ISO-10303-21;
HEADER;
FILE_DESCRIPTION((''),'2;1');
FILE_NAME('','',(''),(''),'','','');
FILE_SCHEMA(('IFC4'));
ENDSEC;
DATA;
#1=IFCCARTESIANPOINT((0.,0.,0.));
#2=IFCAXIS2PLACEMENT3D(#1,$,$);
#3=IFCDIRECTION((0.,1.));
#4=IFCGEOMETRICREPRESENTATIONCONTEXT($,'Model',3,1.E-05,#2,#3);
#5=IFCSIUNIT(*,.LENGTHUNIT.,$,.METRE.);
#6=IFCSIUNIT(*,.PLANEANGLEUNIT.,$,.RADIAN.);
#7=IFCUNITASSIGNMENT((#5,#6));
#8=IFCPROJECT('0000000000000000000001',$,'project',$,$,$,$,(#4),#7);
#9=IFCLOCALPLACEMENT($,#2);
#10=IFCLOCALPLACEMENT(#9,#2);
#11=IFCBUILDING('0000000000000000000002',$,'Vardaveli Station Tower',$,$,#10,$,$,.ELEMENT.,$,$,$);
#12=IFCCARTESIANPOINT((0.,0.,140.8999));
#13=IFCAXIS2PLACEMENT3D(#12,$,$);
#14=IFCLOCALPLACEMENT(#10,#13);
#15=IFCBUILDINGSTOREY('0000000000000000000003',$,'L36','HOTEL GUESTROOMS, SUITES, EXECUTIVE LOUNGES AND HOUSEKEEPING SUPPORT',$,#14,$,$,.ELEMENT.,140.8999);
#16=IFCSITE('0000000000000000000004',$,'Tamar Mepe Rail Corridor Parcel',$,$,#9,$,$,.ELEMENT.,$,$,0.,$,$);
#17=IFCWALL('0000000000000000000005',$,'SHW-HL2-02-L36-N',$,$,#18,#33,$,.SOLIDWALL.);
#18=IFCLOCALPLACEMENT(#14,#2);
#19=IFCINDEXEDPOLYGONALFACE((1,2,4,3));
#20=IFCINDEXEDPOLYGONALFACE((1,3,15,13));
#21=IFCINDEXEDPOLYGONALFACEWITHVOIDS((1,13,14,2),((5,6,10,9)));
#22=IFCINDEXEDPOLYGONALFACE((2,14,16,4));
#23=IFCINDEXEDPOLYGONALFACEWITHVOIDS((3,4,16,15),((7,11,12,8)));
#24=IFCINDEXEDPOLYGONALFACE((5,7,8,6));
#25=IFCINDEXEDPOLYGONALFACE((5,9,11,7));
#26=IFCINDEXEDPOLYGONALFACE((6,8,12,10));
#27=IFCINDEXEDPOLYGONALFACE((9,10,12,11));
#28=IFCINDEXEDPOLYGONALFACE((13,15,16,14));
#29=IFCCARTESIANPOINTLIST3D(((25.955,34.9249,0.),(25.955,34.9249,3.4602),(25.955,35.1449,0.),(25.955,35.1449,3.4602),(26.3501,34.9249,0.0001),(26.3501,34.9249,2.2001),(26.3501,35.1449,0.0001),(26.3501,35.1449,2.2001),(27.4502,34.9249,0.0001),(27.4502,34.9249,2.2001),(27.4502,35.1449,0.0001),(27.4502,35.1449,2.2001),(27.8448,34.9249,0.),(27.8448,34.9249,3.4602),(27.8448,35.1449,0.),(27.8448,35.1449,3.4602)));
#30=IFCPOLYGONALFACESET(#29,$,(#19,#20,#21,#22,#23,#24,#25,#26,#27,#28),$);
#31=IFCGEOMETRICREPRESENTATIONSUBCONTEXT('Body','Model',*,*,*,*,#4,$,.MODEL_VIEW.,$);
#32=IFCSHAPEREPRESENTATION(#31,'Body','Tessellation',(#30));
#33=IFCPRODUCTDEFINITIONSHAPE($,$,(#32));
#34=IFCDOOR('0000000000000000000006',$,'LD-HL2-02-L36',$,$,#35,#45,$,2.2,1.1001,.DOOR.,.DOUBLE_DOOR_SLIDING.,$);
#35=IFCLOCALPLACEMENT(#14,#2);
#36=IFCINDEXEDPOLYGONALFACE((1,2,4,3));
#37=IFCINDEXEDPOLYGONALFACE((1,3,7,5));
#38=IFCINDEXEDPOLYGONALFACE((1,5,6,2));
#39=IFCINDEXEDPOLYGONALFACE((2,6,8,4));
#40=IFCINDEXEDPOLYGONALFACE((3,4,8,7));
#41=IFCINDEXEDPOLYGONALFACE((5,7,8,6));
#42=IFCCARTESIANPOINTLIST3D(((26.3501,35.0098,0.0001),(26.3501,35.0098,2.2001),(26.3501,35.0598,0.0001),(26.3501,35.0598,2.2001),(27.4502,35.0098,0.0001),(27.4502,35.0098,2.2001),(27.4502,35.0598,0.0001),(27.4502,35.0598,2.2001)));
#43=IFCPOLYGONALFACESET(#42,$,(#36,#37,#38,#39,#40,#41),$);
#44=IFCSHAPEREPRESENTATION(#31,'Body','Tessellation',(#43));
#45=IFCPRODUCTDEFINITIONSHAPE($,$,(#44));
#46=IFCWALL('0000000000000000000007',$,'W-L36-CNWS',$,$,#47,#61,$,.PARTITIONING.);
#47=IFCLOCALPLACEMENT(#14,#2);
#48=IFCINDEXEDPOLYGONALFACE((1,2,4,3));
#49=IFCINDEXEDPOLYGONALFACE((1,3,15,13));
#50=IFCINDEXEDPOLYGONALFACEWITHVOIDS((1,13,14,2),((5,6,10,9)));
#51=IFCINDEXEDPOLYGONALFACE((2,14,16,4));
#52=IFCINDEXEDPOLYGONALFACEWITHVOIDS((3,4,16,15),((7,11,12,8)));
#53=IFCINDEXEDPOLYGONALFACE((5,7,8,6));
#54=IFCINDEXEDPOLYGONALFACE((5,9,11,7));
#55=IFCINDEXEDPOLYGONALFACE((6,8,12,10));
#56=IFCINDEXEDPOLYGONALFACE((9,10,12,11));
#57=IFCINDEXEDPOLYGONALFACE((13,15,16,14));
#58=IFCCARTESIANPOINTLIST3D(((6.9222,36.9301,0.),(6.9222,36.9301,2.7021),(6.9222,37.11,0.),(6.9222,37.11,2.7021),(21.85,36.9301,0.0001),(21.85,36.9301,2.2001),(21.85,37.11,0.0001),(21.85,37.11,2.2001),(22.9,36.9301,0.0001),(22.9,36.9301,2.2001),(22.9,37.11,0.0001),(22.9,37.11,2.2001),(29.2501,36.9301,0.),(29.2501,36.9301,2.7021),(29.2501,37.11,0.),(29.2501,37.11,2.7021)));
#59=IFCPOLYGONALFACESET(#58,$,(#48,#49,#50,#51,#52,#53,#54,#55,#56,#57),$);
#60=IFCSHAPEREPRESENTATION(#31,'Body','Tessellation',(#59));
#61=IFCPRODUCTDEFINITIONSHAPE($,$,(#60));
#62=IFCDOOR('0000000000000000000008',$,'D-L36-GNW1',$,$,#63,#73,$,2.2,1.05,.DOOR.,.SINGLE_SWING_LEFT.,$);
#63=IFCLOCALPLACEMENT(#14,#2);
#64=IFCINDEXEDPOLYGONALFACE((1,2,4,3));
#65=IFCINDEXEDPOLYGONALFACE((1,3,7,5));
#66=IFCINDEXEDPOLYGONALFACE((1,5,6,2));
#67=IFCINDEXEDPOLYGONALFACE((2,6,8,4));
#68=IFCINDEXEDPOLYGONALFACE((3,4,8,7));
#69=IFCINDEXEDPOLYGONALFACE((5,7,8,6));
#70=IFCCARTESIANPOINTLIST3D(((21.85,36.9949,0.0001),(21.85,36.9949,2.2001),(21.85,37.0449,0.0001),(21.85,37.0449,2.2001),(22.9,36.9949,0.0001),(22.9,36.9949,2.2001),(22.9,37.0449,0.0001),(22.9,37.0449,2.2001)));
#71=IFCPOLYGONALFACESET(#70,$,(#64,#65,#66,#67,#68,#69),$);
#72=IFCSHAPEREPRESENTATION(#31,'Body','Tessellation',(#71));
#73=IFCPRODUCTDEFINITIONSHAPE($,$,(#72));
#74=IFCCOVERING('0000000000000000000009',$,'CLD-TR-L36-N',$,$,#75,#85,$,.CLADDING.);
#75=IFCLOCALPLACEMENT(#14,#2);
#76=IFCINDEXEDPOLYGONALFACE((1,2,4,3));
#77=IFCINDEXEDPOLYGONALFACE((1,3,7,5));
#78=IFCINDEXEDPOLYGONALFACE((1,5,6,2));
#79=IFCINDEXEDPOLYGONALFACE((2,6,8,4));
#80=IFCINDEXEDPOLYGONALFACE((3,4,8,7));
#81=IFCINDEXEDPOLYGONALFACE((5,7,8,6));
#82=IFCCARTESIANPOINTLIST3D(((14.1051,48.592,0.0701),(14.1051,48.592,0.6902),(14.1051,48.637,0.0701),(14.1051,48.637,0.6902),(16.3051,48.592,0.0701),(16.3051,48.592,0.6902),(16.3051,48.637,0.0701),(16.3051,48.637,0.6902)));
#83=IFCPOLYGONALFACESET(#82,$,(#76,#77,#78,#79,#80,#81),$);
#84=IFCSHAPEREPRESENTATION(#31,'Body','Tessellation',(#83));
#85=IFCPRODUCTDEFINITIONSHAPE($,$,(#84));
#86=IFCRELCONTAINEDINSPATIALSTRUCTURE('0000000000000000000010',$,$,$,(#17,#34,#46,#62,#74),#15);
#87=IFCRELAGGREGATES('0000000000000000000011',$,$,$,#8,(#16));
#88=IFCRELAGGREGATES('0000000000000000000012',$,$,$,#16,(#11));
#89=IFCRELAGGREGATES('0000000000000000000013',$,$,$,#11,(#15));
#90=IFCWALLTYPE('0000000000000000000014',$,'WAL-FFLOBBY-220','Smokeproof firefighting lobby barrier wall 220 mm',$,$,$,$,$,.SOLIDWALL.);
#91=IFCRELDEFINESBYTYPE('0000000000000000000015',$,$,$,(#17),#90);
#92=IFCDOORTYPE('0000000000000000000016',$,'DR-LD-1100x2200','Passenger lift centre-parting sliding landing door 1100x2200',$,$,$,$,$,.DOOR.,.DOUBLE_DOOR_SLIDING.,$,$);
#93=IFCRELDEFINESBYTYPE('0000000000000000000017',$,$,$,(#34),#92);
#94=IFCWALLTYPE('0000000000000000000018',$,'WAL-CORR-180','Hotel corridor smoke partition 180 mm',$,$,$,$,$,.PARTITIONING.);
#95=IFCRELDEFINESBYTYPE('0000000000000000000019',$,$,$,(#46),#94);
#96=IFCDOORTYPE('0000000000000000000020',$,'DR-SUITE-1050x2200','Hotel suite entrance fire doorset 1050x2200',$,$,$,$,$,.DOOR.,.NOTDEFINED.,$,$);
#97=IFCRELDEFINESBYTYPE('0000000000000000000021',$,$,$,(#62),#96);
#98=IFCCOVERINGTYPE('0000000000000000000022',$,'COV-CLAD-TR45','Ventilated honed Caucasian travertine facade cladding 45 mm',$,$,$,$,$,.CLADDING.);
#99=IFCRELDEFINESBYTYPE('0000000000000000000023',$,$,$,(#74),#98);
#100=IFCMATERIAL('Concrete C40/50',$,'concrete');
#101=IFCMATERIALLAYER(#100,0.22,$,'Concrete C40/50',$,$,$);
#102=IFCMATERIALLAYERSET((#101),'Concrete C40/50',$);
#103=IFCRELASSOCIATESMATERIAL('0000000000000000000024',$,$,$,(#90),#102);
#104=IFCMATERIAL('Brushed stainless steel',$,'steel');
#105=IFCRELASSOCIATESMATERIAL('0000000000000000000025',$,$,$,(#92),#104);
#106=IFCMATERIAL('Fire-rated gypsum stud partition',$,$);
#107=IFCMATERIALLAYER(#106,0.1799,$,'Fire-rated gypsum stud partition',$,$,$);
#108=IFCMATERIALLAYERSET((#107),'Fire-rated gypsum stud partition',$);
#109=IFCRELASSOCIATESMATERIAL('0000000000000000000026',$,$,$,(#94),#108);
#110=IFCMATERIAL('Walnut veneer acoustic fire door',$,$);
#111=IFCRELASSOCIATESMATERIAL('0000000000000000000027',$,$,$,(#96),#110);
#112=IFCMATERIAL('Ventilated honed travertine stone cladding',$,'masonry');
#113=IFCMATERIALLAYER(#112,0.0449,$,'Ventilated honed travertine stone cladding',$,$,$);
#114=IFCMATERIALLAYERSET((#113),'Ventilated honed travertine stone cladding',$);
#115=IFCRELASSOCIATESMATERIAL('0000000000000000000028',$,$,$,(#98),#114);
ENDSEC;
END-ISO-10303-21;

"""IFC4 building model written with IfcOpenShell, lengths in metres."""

from ifc_helpers import new_model, si_unit, direction, frame, frame_2d, origin, origin_2d, place, context, subcontext, project, spatial, rectangle, extrude, source, transform, mapped, material, layer, layer_set, type_object, element, fill, save


model = new_model("IFC4")

# Units and contexts
model_context = context("Model", 3, precision=1e-05, world=origin(), true_north=direction((0.0, 1.0)))
body_context = subcontext(model_context, "Body", "Model", "MODEL_VIEW")
ifc_project = project(units=[si_unit("LENGTHUNIT", "METRE"), si_unit("PLANEANGLEUNIT", "RADIAN")], contexts=[model_context])

# Site, building, storey
site_placement = place(None, origin())
site = spatial("IfcSite", under=ifc_project, at=site_placement, Name="Tamar Mepe Rail Corridor Parcel", CompositionType="ELEMENT", RefElevation=0.0)
building_placement = place(site_placement, origin())
building = spatial("IfcBuilding", under=site, at=building_placement, Name="Vardaveli Station Tower", CompositionType="ELEMENT")
storey_placement = place(building_placement, frame((0.0, 0.0, 140.8999)))
storey = spatial("IfcBuildingStorey", under=building, at=storey_placement, Name="L36", Description="HOTEL GUESTROOMS, SUITES, EXECUTIVE LOUNGES AND HOUSEKEEPING SUPPORT", CompositionType="ELEMENT", Elevation=140.8999)

# Walls, openings, doors
ifc_material_1 = material(Name="Concrete C40/50", Category="concrete")
ifc_layer_1 = layer(ifc_material_1, 0.22, Name="Concrete C40/50")
ifc_layer_set_1 = layer_set([ifc_layer_1], Name="Concrete C40/50")
wall_type_1 = type_object("IfcWallType", Name="WAL-FFLOBBY-220", Description="Smokeproof firefighting lobby barrier wall 220 mm", PredefinedType="SOLIDWALL", material=ifc_layer_set_1)
shared_shape_1 = source(origin(), body_context, "Body", "SweptSolid", [
    extrude(rectangle(XDim=1.8899, YDim=0.22, at=frame_2d((0.9448, 0.0))), origin(), (0.0, 0.0, 1.0), 3.4602),
])
shared_shape_2 = source(origin(), body_context, "Body", "SweptSolid", [
    extrude(rectangle(XDim=1.1001, YDim=2.2, at=frame_2d((0.55, 1.1001))), frame((0.0, 0.1201, 0.0), z_axis=(0.0, -1.0, 0.0), x_axis=(1.0, 0.0, 0.0)), (0.0, 0.0, 1.0), 0.24),
])
ifc_material_2 = material(Name="Brushed stainless steel", Category="steel")
door_type_1 = type_object("IfcDoorType", Name="DR-LD-1100x2200", Description="Passenger lift centre-parting sliding landing door 1100x2200", OperationType="DOUBLE_DOOR_SLIDING", PredefinedType="DOOR", material=ifc_material_2)
shared_shape_3 = source(origin(), body_context, "Body", "SweptSolid", [
    extrude(rectangle(XDim=1.1001, YDim=2.2, at=frame_2d((0.55, 1.1001))), frame((0.0, 0.0249, 0.0), z_axis=(0.0, -1.0, 0.0), x_axis=(1.0, 0.0, 0.0)), (0.0, 0.0, 1.0), 0.05),
])
wall_1_placement = place(storey_placement, frame((25.9551, 35.0349, 0.0), z_axis=(0.0, 0.0, 1.0), x_axis=(1.0, 0.0, 0.0)))
wall_1 = element("IfcWall", 1, at=wall_1_placement, inside=storey, type_object=wall_type_1, Name="SHW-HL2-02-L36-N", PredefinedType="SOLIDWALL", context=body_context, shape_type="MappedRepresentation", body=[
    mapped(shared_shape_1, transform((0.0, 0.0, 0.0), scale=1.0)),
])
opening_1_placement = place(wall_1_placement, frame((0.395, 0.0, 0.0)))
opening_1 = element("IfcOpeningElement", 2, at=opening_1_placement, cuts=wall_1, PredefinedType="OPENING", context=body_context, shape_type="MappedRepresentation", body=[
    mapped(shared_shape_2, transform((0.0, 0.0, 0.0), scale=1.0)),
])
door_1_placement = place(opening_1_placement, origin())
door_1 = element("IfcDoor", 3, at=door_1_placement, inside=storey, type_object=door_type_1, Name="LD-HL2-02-L36", OperationType="DOUBLE_DOOR_SLIDING", OverallHeight=2.2, OverallWidth=1.1001, PredefinedType="DOOR", context=body_context, shape_type="MappedRepresentation", body=[
    mapped(shared_shape_3, transform((0.0, 0.0, 0.0), scale=1.0)),
])
fill(opening_1, door_1)
ifc_material_3 = material(Name="Fire-rated gypsum stud partition")
ifc_layer_2 = layer(ifc_material_3, 0.1799, Name="Fire-rated gypsum stud partition")
ifc_layer_set_2 = layer_set([ifc_layer_2], Name="Fire-rated gypsum stud partition")
wall_type_2 = type_object("IfcWallType", Name="WAL-CORR-180", Description="Hotel corridor smoke partition 180 mm", PredefinedType="PARTITIONING", material=ifc_layer_set_2)
shared_shape_4 = source(origin(), body_context, "Body", "SweptSolid", [
    extrude(rectangle(XDim=22.3279, YDim=0.1799, at=frame_2d((11.1641, 0.0))), origin(), (0.0, 0.0, 1.0), 2.7021),
])
wall_2_placement = place(storey_placement, frame((6.9221, 37.02, 0.0), z_axis=(0.0, 0.0, 1.0), x_axis=(1.0, 0.0, 0.0)))
wall_2 = element("IfcWall", 4, at=wall_2_placement, inside=storey, type_object=wall_type_2, Name="W-L36-CNWS", PredefinedType="PARTITIONING", context=body_context, shape_type="MappedRepresentation", body=[
    mapped(shared_shape_4, transform((0.0, 0.0, 0.0), scale=1.0)),
])
shared_shape_5 = source(origin(), body_context, "Body", "SweptSolid", [
    extrude(rectangle(XDim=1.05, YDim=2.2, at=frame_2d((0.5249, 1.1001))), frame((0.0, 0.1001, 0.0), z_axis=(0.0, -1.0, 0.0), x_axis=(1.0, 0.0, 0.0)), (0.0, 0.0, 1.0), 0.2),
])
opening_2_placement = place(wall_2_placement, frame((14.928, 0.0, 0.0)))
opening_2 = element("IfcOpeningElement", 5, at=opening_2_placement, cuts=wall_2, PredefinedType="OPENING", context=body_context, shape_type="MappedRepresentation", body=[
    mapped(shared_shape_5, transform((0.0, 0.0, 0.0), scale=1.0)),
])
ifc_material_4 = material(Name="Walnut veneer acoustic fire door")
door_type_2 = type_object("IfcDoorType", Name="DR-SUITE-1050x2200", Description="Hotel suite entrance fire doorset 1050x2200", OperationType="NOTDEFINED", PredefinedType="DOOR", material=ifc_material_4)
shared_shape_6 = source(origin(), body_context, "Body", "SweptSolid", [
    extrude(rectangle(XDim=1.05, YDim=2.2, at=frame_2d((0.5249, 1.1001))), frame((0.0, 0.0249, 0.0), z_axis=(0.0, -1.0, 0.0), x_axis=(1.0, 0.0, 0.0)), (0.0, 0.0, 1.0), 0.05),
])
door_2_placement = place(opening_2_placement, origin())
door_2 = element("IfcDoor", 6, at=door_2_placement, inside=storey, type_object=door_type_2, Name="D-L36-GNW1", OperationType="SINGLE_SWING_LEFT", OverallHeight=2.2, OverallWidth=1.05, PredefinedType="DOOR", context=body_context, shape_type="MappedRepresentation", body=[
    mapped(shared_shape_6, transform((0.0, 0.0, 0.0), scale=1.0)),
])
fill(opening_2, door_2)

# Covering
ifc_material_5 = material(Name="Ventilated honed travertine stone cladding", Category="masonry")
ifc_layer_3 = layer(ifc_material_5, 0.0449, Name="Ventilated honed travertine stone cladding")
ifc_layer_set_3 = layer_set([ifc_layer_3], Name="Ventilated honed travertine stone cladding")
covering_type = type_object("IfcCoveringType", Name="COV-CLAD-TR45", Description="Ventilated honed Caucasian travertine facade cladding 45 mm", PredefinedType="CLADDING", material=ifc_layer_set_3)
shared_shape_7 = source(origin(), body_context, "Body", "SweptSolid", [
    extrude(rectangle(XDim=2.2, YDim=0.0449, at=origin_2d()), origin(), (0.0, 0.0, 1.0), 0.6201),
])
covering_placement = place(storey_placement, frame((15.2051, 48.6145, 0.0701), z_axis=(0.0, 0.0, 1.0), x_axis=(1.0, 0.0, 0.0)))
element("IfcCovering", 7, at=covering_placement, inside=storey, type_object=covering_type, Name="CLD-TR-L36-N", PredefinedType="CLADDING", context=body_context, shape_type="MappedRepresentation", body=[
    mapped(shared_shape_7, transform((0.0, 0.0, 0.0), scale=1.0)),
])

save(model, "model.ifc")
